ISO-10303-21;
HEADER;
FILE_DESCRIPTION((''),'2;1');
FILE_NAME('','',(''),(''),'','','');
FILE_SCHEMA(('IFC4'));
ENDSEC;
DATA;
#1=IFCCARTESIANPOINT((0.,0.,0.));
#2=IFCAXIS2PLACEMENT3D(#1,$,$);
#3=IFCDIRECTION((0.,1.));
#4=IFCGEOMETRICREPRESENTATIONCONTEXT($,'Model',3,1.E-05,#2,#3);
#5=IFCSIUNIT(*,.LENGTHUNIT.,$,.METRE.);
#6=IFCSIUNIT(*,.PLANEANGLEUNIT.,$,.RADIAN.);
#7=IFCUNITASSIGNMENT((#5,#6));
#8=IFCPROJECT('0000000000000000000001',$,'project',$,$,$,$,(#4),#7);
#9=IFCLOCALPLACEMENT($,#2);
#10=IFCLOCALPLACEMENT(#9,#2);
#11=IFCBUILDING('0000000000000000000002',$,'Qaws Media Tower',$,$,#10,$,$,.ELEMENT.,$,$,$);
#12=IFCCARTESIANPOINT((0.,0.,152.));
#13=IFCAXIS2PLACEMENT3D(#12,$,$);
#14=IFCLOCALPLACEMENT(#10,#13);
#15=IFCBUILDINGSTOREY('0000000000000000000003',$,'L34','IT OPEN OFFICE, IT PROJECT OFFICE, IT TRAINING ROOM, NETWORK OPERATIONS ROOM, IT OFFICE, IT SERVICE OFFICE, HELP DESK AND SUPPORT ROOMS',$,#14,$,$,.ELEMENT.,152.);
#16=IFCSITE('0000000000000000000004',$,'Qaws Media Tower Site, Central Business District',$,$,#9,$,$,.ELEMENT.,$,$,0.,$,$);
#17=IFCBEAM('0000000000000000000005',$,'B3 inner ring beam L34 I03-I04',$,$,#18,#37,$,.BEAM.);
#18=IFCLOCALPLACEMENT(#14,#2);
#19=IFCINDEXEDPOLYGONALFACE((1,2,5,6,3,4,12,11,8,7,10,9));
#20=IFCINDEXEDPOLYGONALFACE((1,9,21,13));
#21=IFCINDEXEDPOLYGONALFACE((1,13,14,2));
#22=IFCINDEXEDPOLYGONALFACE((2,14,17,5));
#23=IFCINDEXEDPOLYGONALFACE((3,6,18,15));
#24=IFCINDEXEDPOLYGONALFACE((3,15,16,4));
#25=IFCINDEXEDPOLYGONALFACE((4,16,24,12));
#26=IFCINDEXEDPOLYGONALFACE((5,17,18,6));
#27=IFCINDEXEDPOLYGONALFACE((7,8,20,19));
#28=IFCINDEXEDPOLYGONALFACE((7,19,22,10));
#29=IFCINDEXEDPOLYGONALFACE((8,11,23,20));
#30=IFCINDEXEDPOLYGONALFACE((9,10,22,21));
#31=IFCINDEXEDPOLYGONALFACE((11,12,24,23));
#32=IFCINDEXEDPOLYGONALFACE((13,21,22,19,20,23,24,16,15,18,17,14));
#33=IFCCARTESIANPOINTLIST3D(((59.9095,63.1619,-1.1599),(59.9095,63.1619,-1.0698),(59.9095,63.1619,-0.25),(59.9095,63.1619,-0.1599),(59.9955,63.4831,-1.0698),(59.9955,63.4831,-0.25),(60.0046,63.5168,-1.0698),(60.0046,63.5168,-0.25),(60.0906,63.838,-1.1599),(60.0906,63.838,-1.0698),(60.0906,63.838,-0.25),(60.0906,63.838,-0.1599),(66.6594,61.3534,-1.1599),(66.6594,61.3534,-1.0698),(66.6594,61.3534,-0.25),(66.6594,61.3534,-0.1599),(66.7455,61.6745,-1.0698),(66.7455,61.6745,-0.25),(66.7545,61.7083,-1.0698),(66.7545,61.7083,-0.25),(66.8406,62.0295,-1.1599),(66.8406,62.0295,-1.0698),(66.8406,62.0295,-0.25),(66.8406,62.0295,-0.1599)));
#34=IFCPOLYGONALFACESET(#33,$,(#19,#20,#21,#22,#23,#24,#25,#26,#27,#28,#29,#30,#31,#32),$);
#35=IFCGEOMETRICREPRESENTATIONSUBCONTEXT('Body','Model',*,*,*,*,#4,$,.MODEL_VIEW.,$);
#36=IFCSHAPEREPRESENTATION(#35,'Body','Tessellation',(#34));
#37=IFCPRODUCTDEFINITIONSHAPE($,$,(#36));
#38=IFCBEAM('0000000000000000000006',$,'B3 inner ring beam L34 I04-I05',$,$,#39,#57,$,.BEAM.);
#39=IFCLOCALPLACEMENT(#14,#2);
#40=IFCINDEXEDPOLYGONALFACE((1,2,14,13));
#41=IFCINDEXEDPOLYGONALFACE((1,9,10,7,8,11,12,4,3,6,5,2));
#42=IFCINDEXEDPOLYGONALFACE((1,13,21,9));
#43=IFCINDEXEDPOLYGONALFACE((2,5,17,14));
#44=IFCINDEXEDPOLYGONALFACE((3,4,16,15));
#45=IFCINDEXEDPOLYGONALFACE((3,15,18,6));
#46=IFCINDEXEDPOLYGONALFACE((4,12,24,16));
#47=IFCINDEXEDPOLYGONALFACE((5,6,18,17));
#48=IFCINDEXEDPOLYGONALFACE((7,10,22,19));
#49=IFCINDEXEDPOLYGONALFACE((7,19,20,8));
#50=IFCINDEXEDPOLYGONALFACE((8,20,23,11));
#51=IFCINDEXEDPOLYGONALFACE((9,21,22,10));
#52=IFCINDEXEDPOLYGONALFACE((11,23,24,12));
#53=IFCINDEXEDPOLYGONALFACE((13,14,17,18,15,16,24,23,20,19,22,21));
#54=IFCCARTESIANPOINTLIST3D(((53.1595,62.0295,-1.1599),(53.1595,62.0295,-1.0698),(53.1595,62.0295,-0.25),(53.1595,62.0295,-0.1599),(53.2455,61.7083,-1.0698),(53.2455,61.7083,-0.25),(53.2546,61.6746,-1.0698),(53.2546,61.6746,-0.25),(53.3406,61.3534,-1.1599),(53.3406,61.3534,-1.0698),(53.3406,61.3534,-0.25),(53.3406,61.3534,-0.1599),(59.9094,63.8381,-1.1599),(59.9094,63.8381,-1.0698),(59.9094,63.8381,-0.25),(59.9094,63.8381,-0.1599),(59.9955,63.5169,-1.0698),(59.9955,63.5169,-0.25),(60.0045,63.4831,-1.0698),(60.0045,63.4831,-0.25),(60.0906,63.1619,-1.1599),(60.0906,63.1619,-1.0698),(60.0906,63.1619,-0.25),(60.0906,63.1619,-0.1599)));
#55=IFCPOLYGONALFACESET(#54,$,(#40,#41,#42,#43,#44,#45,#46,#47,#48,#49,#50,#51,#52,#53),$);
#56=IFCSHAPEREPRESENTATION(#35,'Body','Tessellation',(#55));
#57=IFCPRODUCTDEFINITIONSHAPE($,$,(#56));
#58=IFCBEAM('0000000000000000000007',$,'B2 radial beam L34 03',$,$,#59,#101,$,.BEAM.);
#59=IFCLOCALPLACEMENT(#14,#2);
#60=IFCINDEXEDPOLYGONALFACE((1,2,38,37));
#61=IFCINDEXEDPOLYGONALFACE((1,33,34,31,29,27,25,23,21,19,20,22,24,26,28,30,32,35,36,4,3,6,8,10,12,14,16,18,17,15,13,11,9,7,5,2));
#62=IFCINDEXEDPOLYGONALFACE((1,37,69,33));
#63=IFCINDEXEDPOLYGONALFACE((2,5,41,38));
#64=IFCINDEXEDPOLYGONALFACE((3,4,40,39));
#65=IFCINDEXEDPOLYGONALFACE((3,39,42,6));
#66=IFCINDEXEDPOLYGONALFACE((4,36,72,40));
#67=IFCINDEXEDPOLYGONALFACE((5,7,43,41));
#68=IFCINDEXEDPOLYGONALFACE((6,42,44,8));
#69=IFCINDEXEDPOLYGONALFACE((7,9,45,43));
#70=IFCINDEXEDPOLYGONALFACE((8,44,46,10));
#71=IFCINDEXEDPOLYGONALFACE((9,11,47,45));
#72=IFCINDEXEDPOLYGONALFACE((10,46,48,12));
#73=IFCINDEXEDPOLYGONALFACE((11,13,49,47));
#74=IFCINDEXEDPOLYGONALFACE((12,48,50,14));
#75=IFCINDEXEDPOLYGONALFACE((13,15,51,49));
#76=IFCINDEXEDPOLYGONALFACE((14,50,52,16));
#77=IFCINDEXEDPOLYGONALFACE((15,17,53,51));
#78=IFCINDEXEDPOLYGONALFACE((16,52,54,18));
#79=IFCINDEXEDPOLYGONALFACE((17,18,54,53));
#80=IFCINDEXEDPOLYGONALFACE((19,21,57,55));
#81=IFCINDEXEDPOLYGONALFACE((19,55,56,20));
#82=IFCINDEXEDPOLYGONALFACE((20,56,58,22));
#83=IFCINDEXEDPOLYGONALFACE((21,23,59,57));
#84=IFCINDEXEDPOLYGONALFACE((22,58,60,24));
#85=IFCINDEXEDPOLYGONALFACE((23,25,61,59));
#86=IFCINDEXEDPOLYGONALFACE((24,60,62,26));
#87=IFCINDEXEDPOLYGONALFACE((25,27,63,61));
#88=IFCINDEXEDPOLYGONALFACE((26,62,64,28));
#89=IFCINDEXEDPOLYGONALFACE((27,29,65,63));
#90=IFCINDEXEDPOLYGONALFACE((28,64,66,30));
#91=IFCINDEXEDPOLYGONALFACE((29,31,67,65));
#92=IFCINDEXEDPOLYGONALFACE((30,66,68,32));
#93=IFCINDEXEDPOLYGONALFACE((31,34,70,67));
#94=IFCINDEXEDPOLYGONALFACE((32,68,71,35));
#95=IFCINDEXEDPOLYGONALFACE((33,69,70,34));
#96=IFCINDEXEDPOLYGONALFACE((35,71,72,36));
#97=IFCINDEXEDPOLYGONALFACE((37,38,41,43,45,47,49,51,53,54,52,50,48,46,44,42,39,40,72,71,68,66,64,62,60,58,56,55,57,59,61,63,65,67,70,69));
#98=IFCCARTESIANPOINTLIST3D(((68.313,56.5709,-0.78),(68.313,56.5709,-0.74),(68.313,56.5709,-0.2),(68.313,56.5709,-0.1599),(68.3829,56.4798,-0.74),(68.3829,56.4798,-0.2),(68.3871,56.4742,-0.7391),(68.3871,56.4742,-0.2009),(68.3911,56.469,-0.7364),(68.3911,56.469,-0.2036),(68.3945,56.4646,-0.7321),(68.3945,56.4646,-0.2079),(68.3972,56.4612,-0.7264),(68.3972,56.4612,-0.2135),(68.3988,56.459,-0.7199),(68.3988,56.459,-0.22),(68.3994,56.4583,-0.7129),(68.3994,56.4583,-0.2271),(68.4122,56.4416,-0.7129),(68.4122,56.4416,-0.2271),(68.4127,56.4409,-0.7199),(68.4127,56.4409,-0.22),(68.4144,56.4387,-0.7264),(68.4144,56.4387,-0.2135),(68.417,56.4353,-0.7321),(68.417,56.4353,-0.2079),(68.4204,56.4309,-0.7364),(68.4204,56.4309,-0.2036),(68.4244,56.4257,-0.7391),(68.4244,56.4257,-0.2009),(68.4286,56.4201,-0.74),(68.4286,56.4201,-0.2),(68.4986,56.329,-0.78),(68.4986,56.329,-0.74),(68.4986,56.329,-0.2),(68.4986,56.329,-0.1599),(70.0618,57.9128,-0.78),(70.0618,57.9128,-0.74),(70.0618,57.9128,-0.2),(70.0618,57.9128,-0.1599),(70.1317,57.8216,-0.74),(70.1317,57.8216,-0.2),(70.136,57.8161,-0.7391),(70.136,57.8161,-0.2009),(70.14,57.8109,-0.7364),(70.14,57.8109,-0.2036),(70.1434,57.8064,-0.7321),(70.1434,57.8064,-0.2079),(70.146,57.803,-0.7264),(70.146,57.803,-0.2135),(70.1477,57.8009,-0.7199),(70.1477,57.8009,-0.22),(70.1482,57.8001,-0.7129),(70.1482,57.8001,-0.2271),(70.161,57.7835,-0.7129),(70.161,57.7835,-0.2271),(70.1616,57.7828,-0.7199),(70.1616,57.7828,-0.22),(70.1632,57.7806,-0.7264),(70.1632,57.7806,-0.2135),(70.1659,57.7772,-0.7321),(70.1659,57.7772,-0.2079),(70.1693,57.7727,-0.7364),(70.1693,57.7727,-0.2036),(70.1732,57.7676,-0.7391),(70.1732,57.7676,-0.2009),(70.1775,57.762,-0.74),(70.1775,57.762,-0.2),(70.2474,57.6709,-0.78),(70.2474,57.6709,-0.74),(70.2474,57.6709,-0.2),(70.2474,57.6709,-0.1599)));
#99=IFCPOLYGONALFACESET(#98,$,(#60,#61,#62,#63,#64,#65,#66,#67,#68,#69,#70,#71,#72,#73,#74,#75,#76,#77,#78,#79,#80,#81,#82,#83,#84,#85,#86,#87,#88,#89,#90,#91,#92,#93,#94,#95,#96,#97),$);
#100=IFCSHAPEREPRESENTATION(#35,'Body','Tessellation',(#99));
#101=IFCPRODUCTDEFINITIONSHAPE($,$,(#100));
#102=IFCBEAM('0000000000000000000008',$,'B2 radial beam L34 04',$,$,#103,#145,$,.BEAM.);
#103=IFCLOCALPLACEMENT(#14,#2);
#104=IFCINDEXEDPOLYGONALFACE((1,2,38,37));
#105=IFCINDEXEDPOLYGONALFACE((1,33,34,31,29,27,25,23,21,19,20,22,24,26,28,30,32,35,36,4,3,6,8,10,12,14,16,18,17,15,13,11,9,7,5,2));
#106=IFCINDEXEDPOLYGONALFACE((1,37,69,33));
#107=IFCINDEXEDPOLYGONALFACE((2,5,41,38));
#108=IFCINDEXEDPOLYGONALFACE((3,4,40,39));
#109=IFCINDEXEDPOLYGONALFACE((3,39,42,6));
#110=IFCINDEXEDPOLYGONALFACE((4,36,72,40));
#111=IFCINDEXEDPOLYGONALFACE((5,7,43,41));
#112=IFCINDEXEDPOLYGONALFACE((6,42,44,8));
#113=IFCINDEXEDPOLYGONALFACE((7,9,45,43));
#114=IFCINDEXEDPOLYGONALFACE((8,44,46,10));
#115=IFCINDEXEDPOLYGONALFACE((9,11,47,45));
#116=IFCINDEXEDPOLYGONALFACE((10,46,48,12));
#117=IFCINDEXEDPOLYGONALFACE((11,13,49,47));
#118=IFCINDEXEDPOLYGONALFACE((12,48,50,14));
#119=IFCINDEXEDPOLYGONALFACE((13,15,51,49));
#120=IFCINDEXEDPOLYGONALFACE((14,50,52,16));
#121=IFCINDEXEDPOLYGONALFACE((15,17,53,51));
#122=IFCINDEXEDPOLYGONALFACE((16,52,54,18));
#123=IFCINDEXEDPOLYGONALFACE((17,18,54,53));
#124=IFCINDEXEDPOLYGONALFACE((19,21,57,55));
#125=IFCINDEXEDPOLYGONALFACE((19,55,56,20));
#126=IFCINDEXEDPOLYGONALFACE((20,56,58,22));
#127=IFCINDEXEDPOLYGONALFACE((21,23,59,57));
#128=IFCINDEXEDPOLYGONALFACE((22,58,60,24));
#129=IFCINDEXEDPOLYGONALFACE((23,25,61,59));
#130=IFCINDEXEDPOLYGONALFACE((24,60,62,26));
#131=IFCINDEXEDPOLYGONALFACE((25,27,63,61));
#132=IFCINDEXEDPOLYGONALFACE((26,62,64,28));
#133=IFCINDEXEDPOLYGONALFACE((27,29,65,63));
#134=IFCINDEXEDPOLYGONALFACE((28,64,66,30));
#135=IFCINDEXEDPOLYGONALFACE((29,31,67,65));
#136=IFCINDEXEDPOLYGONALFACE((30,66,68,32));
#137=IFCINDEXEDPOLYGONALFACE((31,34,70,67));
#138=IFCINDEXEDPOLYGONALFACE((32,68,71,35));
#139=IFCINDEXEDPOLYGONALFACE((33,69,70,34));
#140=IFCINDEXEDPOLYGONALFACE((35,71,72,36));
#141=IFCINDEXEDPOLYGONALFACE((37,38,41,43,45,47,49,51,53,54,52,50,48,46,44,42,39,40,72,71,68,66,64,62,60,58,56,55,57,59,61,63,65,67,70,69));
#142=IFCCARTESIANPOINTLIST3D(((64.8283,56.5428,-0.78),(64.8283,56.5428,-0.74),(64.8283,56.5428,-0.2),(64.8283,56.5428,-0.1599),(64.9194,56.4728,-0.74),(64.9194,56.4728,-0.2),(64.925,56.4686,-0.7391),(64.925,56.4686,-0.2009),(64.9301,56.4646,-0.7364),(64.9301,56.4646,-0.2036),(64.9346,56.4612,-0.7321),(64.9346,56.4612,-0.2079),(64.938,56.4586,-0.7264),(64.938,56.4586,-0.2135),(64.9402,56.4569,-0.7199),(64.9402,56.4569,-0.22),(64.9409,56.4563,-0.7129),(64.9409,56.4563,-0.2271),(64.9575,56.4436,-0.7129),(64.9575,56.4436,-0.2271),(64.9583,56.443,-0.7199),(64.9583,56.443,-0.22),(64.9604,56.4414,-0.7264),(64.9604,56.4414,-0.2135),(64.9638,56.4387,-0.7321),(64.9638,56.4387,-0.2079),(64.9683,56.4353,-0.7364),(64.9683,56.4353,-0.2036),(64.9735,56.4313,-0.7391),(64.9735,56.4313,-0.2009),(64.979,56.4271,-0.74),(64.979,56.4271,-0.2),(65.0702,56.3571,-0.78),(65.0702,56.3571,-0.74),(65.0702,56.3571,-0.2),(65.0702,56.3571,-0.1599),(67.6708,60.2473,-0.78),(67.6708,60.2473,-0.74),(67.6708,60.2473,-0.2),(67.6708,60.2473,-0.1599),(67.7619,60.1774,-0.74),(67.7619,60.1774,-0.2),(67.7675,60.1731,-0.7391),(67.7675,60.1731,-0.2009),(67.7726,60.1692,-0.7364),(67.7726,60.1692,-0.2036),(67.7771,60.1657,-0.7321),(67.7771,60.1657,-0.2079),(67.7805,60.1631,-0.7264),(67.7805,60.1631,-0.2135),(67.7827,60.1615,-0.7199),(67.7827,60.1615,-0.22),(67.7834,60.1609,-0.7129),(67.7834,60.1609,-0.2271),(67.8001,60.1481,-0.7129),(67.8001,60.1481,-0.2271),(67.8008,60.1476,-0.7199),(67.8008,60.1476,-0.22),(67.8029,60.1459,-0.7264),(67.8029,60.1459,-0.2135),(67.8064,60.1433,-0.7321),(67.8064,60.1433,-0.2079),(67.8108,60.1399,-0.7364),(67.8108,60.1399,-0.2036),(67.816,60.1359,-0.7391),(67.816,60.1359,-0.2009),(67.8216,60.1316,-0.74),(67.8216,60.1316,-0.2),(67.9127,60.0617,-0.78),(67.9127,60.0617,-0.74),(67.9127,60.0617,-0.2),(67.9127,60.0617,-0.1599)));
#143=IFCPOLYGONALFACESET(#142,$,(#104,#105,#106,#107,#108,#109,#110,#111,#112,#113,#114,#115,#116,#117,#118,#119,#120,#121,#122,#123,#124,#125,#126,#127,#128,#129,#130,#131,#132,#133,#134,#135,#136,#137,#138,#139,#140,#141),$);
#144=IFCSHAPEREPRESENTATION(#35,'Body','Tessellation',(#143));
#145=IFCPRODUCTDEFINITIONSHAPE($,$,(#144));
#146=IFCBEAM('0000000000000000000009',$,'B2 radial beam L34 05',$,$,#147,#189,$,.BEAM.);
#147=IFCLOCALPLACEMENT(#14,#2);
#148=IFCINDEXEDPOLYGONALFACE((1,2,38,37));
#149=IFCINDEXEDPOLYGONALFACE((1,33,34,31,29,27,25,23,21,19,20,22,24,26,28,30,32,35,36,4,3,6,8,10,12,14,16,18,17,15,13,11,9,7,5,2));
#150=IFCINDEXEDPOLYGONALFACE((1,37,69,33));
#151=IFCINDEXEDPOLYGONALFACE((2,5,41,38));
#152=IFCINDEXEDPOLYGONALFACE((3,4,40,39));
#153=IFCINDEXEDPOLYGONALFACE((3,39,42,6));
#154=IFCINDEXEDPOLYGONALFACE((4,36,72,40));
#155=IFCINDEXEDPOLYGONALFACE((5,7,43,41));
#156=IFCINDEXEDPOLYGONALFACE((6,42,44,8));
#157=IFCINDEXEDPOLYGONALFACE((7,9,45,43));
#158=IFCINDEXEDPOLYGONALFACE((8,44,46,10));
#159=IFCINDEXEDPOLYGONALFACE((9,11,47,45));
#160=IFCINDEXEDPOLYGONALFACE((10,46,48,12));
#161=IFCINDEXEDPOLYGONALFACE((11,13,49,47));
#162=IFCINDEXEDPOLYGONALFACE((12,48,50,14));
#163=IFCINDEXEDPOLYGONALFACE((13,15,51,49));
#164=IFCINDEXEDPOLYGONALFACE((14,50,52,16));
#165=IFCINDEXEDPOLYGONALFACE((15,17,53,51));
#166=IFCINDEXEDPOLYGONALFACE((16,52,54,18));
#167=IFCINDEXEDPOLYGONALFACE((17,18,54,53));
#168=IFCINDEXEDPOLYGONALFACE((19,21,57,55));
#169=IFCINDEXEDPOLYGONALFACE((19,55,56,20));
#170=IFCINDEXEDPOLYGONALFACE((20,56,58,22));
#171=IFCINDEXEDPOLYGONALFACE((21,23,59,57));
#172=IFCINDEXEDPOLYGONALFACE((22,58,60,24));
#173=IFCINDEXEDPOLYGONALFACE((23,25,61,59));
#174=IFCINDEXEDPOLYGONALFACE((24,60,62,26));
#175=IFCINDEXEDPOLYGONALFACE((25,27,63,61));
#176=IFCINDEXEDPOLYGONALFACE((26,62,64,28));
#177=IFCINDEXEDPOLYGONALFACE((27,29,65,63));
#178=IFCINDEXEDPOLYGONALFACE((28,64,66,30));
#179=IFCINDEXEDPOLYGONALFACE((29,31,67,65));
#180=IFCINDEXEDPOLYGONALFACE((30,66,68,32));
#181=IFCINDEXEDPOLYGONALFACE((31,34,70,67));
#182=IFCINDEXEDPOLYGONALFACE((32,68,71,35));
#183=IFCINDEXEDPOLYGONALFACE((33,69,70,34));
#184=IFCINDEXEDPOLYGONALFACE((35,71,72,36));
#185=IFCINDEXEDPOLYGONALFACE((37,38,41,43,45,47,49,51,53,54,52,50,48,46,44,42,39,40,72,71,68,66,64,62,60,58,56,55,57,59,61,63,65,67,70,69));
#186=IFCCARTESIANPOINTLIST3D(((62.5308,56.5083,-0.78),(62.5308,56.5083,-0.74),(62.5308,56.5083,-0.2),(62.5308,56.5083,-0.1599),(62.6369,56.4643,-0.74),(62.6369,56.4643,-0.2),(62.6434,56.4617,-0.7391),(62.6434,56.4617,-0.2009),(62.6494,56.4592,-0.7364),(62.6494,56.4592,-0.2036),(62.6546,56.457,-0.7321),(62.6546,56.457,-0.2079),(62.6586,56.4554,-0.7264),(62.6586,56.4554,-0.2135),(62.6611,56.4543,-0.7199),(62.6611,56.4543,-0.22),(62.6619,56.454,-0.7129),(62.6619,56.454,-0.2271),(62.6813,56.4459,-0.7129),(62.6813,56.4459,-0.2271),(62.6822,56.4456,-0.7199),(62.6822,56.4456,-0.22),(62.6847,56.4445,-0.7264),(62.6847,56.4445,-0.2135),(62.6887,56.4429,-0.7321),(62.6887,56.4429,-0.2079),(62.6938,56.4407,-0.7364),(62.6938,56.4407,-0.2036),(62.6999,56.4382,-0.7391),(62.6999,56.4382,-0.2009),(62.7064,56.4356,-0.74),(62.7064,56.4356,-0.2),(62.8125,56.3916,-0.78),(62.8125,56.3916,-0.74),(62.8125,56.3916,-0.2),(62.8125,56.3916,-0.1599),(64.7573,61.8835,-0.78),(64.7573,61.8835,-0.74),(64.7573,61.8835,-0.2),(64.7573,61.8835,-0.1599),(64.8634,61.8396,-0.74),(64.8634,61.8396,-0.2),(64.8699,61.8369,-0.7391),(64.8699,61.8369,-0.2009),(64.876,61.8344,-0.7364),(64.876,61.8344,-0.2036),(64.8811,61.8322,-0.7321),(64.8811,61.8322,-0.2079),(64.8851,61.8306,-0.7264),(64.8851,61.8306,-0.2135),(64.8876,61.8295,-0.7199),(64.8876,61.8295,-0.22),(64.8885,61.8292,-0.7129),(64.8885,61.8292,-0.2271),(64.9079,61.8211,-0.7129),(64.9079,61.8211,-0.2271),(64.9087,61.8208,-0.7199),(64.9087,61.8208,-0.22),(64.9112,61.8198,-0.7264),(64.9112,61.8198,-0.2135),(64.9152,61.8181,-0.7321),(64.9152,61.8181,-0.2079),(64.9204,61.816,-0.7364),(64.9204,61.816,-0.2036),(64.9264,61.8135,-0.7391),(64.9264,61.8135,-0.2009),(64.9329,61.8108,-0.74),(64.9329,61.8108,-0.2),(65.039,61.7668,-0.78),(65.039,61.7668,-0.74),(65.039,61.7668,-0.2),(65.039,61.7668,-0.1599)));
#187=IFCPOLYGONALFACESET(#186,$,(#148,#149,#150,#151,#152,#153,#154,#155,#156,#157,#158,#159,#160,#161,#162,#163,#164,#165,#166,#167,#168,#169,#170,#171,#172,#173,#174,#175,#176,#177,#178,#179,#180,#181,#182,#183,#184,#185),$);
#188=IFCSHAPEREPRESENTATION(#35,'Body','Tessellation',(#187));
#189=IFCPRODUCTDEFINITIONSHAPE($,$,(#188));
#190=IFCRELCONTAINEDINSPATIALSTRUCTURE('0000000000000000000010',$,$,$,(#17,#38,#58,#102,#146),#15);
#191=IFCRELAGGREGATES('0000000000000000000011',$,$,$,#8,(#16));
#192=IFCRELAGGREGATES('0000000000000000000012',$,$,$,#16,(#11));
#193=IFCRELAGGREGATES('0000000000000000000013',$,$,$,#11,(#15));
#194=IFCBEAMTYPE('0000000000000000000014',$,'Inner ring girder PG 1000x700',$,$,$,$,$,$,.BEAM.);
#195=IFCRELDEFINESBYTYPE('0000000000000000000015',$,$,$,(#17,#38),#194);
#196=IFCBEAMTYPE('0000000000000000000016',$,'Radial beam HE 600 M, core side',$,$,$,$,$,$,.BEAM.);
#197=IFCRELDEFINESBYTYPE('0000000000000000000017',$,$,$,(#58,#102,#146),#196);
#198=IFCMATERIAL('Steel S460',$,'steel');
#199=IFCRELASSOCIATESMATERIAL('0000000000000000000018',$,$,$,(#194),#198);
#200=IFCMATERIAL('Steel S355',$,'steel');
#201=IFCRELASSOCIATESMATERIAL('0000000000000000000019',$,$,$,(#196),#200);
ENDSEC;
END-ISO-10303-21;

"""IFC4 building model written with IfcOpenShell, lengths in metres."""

from ifc_helpers import new_model, si_unit, direction, frame, origin, origin_2d, place, context, subcontext, project, spatial, i_section, extrude, material, material_profile, profile_set, type_object, element, save


model = new_model("IFC4")

# Units and contexts
model_context = context("Model", 3, precision=1e-05, world=origin(), true_north=direction((0.0, 1.0)))
body_context = subcontext(model_context, "Body", "Model", "MODEL_VIEW")
ifc_project = project(units=[si_unit("LENGTHUNIT", "METRE"), si_unit("PLANEANGLEUNIT", "RADIAN")], contexts=[model_context])

# Site, building, storey
site_placement = place(None, origin())
site = spatial("IfcSite", under=ifc_project, at=site_placement, Name="Qaws Media Tower Site, Central Business District", CompositionType="ELEMENT", RefElevation=0.0)
building_placement = place(site_placement, origin())
building = spatial("IfcBuilding", under=site, at=building_placement, Name="Qaws Media Tower", CompositionType="ELEMENT")
storey_placement = place(building_placement, frame((0.0, 0.0, 152.0)))
storey = spatial("IfcBuildingStorey", under=building, at=storey_placement, Name="L34", Description="IT OPEN OFFICE, IT PROJECT OFFICE, IT TRAINING ROOM, NETWORK OPERATIONS ROOM, IT OFFICE, IT SERVICE OFFICE, HELP DESK AND SUPPORT ROOMS", CompositionType="ELEMENT", Elevation=152.0)

# Beams
ifc_material_1 = material(Name="Steel S460", Category="steel")
ifc_material_profile_1 = material_profile(ifc_material_1, i_section(OverallWidth=0.7, OverallDepth=1.0, WebThickness=0.0349, FlangeThickness=0.0901, at=origin_2d()), Name="PG 1000x700")
ifc_profile_set_1 = profile_set([ifc_material_profile_1], Name="Steel S460")
beam_type_1 = type_object("IfcBeamType", Name="Inner ring girder PG 1000x700", PredefinedType="BEAM", material=ifc_profile_set_1)
for number, where, z_axis, x_axis, name in (
    (1, (66.75, 61.6914, -0.6599), (-0.965928, 0.258811, 0.0), (-0.258811, -0.965928, 0.0), "B3 inner ring beam L34 I03-I04"),
    (2, (60.0, 63.5, -0.6599), (-0.965928, -0.258811, 0.0), (0.258811, -0.965928, 0.0), "B3 inner ring beam L34 I04-I05"),
):
    element("IfcBeam", number, at=place(storey_placement, frame(where, z_axis=z_axis, x_axis=x_axis)), inside=storey, type_object=beam_type_1, Name=name, PredefinedType="BEAM", context=body_context, shape_type="SweptSolid", body=[
        extrude(i_section(OverallWidth=0.7, OverallDepth=1.0, WebThickness=0.0349, FlangeThickness=0.0901, at=origin_2d()), origin(), (0.0, 0.0, 1.0), 6.988),
    ])
ifc_material_2 = material(Name="Steel S355", Category="steel")
ifc_material_profile_2 = material_profile(ifc_material_2, i_section(OverallWidth=0.3049, OverallDepth=0.6201, WebThickness=0.021, FlangeThickness=0.04, FilletRadius=0.0271, at=origin_2d()), Name="HE 600 M")
ifc_profile_set_2 = profile_set([ifc_material_profile_2], Name="Steel S355")
beam_type_2 = type_object("IfcBeamType", Name="Radial beam HE 600 M, core side", PredefinedType="BEAM", material=ifc_profile_set_2)
beam_1_placement = place(storey_placement, frame((68.4058, 56.45, -0.47), z_axis=(0.793373, 0.608736, 0.0), x_axis=(-0.608736, 0.793373, 0.0)))
element("IfcBeam", 3, at=beam_1_placement, inside=storey, type_object=beam_type_2, Name="B2 radial beam L34 03", PredefinedType="BEAM", context=body_context, shape_type="SweptSolid", body=[
    extrude(i_section(OverallWidth=0.3049, OverallDepth=0.6201, WebThickness=0.021, FlangeThickness=0.04, FilletRadius=0.0271, at=origin_2d()), origin(), (0.0, 0.0, 1.0), 2.2043),
])
beam_2_placement = place(storey_placement, frame((64.9492, 56.45, -0.47), z_axis=(0.608748, 0.793364, 0.0), x_axis=(-0.793364, 0.608748, 0.0)))
element("IfcBeam", 4, at=beam_2_placement, inside=storey, type_object=beam_type_2, Name="B2 radial beam L34 04", PredefinedType="BEAM", context=body_context, shape_type="SweptSolid", body=[
    extrude(i_section(OverallWidth=0.3049, OverallDepth=0.6201, WebThickness=0.021, FlangeThickness=0.04, FilletRadius=0.0271, at=origin_2d()), origin(), (0.0, 0.0, 1.0), 4.6694),
])
beam_3_placement = place(storey_placement, frame((62.6716, 56.45, -0.47), z_axis=(0.382693, 0.923876, 0.0), x_axis=(-0.923876, 0.382693, 0.0)))
element("IfcBeam", 5, at=beam_3_placement, inside=storey, type_object=beam_type_2, Name="B2 radial beam L34 05", PredefinedType="BEAM", context=body_context, shape_type="SweptSolid", body=[
    extrude(i_section(OverallWidth=0.3049, OverallDepth=0.6201, WebThickness=0.021, FlangeThickness=0.04, FilletRadius=0.0271, at=origin_2d()), origin(), (0.0, 0.0, 1.0), 5.8181),
])

save(model, "model.ifc")
